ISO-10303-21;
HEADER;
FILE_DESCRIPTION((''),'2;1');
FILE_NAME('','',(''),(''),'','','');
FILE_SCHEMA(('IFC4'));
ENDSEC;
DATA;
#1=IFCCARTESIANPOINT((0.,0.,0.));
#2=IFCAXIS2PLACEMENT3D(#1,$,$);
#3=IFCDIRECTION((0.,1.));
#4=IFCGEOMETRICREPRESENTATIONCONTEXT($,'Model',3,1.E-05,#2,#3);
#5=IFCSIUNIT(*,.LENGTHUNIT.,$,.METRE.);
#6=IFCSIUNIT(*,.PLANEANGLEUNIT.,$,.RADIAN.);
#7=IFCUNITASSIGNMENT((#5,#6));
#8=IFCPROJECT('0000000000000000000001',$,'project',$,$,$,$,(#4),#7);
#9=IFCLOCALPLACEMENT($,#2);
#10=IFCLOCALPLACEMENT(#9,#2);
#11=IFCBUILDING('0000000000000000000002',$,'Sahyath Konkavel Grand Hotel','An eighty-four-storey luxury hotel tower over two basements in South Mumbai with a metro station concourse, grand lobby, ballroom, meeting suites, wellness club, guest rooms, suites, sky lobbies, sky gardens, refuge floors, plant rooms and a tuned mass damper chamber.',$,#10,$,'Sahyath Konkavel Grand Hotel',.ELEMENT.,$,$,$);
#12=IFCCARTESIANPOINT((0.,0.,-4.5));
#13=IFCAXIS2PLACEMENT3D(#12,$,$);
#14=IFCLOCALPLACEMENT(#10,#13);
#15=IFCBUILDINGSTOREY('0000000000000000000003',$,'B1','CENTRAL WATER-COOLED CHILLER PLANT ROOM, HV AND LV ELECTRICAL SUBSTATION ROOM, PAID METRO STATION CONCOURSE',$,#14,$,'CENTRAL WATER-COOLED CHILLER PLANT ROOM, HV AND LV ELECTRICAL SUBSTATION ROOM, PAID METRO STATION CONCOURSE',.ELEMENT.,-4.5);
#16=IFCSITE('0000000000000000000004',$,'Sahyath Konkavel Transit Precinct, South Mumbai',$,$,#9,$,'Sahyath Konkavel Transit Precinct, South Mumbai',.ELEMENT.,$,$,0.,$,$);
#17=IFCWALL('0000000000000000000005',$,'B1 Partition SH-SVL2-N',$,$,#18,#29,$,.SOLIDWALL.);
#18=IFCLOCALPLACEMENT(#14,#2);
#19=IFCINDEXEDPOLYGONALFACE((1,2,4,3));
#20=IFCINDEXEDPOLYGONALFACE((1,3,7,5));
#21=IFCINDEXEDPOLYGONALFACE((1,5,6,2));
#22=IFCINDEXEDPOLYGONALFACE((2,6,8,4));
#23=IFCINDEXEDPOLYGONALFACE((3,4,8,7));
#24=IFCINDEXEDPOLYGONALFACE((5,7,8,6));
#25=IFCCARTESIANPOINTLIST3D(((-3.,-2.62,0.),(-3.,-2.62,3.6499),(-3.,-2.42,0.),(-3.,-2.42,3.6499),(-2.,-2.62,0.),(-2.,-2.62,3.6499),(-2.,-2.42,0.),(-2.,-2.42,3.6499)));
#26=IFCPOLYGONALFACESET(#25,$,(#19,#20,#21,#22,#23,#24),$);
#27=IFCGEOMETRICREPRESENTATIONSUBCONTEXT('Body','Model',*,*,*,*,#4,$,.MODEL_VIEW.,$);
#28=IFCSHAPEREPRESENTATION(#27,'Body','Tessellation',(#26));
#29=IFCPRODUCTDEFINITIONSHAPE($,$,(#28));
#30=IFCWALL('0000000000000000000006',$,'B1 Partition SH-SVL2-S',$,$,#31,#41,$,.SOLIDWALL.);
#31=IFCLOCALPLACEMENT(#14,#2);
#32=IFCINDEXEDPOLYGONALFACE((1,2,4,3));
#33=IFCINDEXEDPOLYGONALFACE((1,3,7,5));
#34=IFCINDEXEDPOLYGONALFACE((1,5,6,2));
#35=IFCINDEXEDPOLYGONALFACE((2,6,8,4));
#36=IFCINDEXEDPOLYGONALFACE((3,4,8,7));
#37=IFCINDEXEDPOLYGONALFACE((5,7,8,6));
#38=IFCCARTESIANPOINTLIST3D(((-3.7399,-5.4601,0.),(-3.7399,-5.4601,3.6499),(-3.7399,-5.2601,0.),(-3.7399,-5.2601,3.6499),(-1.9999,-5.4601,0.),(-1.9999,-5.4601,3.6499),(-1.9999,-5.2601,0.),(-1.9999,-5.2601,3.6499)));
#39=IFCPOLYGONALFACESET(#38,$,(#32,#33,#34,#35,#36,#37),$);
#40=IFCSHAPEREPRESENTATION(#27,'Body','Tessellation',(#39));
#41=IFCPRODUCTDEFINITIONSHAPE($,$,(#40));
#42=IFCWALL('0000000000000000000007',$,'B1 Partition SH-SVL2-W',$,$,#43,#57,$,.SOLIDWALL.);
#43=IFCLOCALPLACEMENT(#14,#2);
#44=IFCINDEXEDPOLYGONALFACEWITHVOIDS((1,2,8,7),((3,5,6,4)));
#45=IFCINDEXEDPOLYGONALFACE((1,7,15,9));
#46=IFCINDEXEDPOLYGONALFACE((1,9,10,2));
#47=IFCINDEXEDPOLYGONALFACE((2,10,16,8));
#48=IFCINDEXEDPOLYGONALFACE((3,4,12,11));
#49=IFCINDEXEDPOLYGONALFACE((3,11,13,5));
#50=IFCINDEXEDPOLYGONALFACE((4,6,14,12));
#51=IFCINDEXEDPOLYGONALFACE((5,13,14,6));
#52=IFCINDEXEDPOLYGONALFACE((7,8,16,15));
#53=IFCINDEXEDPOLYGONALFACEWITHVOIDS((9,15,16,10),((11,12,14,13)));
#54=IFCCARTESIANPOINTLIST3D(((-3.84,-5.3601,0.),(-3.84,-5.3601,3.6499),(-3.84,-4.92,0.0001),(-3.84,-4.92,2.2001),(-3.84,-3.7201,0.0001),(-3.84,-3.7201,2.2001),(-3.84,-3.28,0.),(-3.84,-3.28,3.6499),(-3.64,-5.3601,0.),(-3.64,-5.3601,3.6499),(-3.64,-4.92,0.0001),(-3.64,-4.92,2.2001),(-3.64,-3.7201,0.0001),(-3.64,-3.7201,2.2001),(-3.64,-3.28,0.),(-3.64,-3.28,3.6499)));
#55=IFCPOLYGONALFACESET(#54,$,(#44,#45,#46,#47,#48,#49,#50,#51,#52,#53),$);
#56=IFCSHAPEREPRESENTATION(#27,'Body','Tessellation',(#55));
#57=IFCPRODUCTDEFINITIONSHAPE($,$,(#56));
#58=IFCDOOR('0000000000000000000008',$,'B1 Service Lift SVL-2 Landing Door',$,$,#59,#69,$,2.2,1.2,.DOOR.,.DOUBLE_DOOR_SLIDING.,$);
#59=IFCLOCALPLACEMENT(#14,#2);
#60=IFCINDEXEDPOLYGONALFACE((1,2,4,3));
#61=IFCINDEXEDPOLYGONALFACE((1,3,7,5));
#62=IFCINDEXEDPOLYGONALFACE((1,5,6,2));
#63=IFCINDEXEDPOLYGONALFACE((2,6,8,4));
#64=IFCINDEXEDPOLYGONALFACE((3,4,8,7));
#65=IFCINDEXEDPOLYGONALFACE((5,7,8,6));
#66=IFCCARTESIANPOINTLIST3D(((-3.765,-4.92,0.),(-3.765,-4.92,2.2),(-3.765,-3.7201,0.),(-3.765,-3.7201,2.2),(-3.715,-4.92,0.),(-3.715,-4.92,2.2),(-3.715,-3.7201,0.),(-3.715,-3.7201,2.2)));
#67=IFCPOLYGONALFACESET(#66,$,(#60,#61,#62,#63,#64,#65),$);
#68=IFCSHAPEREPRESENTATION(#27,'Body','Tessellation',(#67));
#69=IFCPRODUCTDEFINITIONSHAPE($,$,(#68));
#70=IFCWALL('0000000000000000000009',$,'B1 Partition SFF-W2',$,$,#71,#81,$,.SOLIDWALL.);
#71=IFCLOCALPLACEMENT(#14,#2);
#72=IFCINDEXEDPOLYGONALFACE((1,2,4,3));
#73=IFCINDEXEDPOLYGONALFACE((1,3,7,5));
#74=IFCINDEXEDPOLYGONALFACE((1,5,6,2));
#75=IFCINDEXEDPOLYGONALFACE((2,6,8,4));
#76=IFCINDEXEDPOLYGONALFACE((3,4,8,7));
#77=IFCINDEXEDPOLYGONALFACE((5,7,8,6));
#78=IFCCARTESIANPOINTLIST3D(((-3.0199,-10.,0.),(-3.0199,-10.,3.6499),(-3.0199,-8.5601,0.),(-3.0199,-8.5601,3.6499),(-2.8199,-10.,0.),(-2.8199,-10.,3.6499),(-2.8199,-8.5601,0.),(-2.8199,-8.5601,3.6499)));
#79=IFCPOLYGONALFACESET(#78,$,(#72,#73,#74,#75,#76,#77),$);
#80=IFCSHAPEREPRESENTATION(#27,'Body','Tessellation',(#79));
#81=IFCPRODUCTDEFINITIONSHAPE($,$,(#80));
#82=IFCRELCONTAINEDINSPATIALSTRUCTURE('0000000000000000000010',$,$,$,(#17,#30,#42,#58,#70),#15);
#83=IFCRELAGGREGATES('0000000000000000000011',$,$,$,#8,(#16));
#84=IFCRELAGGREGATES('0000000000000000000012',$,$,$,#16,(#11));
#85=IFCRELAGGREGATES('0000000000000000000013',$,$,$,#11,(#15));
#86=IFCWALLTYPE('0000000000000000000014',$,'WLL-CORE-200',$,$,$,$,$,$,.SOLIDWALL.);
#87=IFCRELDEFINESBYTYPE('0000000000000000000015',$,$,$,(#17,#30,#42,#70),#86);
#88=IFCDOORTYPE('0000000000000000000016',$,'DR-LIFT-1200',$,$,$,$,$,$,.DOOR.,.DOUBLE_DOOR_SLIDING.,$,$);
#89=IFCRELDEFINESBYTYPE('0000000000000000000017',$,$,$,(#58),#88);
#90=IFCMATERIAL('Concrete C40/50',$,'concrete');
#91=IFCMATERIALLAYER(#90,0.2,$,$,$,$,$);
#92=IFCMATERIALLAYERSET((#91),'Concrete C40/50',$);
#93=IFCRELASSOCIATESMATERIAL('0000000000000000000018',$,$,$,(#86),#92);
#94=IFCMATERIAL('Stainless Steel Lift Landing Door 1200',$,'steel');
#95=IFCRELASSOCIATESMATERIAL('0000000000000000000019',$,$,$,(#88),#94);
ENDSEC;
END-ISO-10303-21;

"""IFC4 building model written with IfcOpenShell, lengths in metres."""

from ifc_helpers import new_model, si_unit, direction, frame, frame_2d, origin, origin_2d, place, context, subcontext, project, spatial, rectangle, extrude, source, transform, mapped, material, layer, layer_set, type_object, element, fill, save


model = new_model("IFC4")

# Units and contexts
model_context = context("Model", 3, precision=1e-05, world=origin(), true_north=direction((0.0, 1.0)))
body_context = subcontext(model_context, "Body", "Model", "MODEL_VIEW")
ifc_project = project(units=[si_unit("LENGTHUNIT", "METRE"), si_unit("PLANEANGLEUNIT", "RADIAN")], contexts=[model_context])

# Site, building, storey
site_placement = place(None, origin())
site = spatial("IfcSite", under=ifc_project, at=site_placement, Name="Sahyath Konkavel Transit Precinct, South Mumbai", LongName="Sahyath Konkavel Transit Precinct, South Mumbai", CompositionType="ELEMENT", RefElevation=0.0)
building_placement = place(site_placement, origin())
building = spatial("IfcBuilding", under=site, at=building_placement, Name="Sahyath Konkavel Grand Hotel", Description="An eighty-four-storey luxury hotel tower over two basements in South Mumbai with a metro station concourse, grand lobby, ballroom, meeting suites, wellness club, guest rooms, suites, sky lobbies, sky gardens, refuge floors, plant rooms and a tuned mass damper chamber.", LongName="Sahyath Konkavel Grand Hotel", CompositionType="ELEMENT")
storey_placement = place(building_placement, frame((0.0, 0.0, -4.5)))
storey = spatial("IfcBuildingStorey", under=building, at=storey_placement, Name="B1", Description="CENTRAL WATER-COOLED CHILLER PLANT ROOM, HV AND LV ELECTRICAL SUBSTATION ROOM, PAID METRO STATION CONCOURSE", LongName="CENTRAL WATER-COOLED CHILLER PLANT ROOM, HV AND LV ELECTRICAL SUBSTATION ROOM, PAID METRO STATION CONCOURSE", CompositionType="ELEMENT", Elevation=-4.5)

# Shared definitions
ifc_material_1 = material(Name="Concrete C40/50", Category="concrete")
ifc_layer_1 = layer(ifc_material_1, 0.2)
ifc_layer_set_1 = layer_set([ifc_layer_1], Name="Concrete C40/50")
wall_type_1 = type_object("IfcWallType", Name="WLL-CORE-200", PredefinedType="SOLIDWALL", material=ifc_layer_set_1)

# Walls
wall_1_placement = place(storey_placement, frame((-3.0, -2.52, 0.0), z_axis=(0.0, 0.0, 1.0), x_axis=(1.0, 0.0, 0.0)))
element("IfcWall", 1, at=wall_1_placement, inside=storey, type_object=wall_type_1, Name="B1 Partition SH-SVL2-N", PredefinedType="SOLIDWALL", context=body_context, shape_type="SweptSolid", body=[
    extrude(rectangle(XDim=1.0, YDim=0.2, at=frame_2d((0.5, 0.0))), origin(), (0.0, 0.0, 1.0), 3.6499),
])
wall_2_placement = place(storey_placement, frame((-3.74, -5.3601, 0.0), z_axis=(0.0, 0.0, 1.0), x_axis=(1.0, 0.0, 0.0)))
element("IfcWall", 2, at=wall_2_placement, inside=storey, type_object=wall_type_1, Name="B1 Partition SH-SVL2-S", PredefinedType="SOLIDWALL", context=body_context, shape_type="SweptSolid", body=[
    extrude(rectangle(XDim=1.74, YDim=0.2, at=frame_2d((0.8701, 0.0))), origin(), (0.0, 0.0, 1.0), 3.6499),
])

# Wall, opening, door
wall_3_placement = place(storey_placement, frame((-3.74, -5.3601, 0.0), z_axis=(0.0, 0.0, 1.0), x_axis=(0.0, 1.0, 0.0)))
wall_3 = element("IfcWall", 3, at=wall_3_placement, inside=storey, type_object=wall_type_1, Name="B1 Partition SH-SVL2-W", PredefinedType="SOLIDWALL", context=body_context, shape_type="SweptSolid", body=[
    extrude(rectangle(XDim=2.0801, YDim=0.2, at=frame_2d((1.04, 0.0))), origin(), (0.0, 0.0, 1.0), 3.6499),
])
opening_1_placement = place(wall_3_placement, frame((0.4399, 0.0, 0.0)))
opening_1 = element("IfcOpeningElement", 4, at=opening_1_placement, cuts=wall_3, PredefinedType="OPENING", context=body_context, shape_type="SweptSolid", body=[
    extrude(rectangle(XDim=1.2, YDim=2.2, at=frame_2d((0.6001, 1.1001))), frame((0.0, 0.1099, 0.0), z_axis=(0.0, -1.0, 0.0), x_axis=(1.0, 0.0, 0.0)), (0.0, 0.0, 1.0), 0.22),
])
ifc_material_2 = material(Name="Stainless Steel Lift Landing Door 1200", Category="steel")
door_type_1 = type_object("IfcDoorType", Name="DR-LIFT-1200", OperationType="DOUBLE_DOOR_SLIDING", PredefinedType="DOOR", material=ifc_material_2)
shared_shape_1 = source(origin(), body_context, "Body", "SweptSolid", [
    extrude(rectangle(XDim=1.2, YDim=0.05, at=origin_2d()), origin(), (0.0, 0.0, 1.0), 2.2),
])
door_1_placement = place(opening_1_placement, frame((0.6001, 0.0, 0.0)))
door_1 = element("IfcDoor", 5, at=door_1_placement, inside=storey, type_object=door_type_1, Name="B1 Service Lift SVL-2 Landing Door", OperationType="DOUBLE_DOOR_SLIDING", OverallHeight=2.2, OverallWidth=1.2, PredefinedType="DOOR", context=body_context, shape_type="MappedRepresentation", body=[
    mapped(shared_shape_1, transform((0.0, 0.0, 0.0), scale=1.0)),
])
fill(opening_1, door_1)

# Wall
wall_4_placement = place(storey_placement, frame((-2.9199, -10.0, 0.0), z_axis=(0.0, 0.0, 1.0), x_axis=(0.0, 1.0, 0.0)))
element("IfcWall", 6, at=wall_4_placement, inside=storey, type_object=wall_type_1, Name="B1 Partition SFF-W2", PredefinedType="SOLIDWALL", context=body_context, shape_type="SweptSolid", body=[
    extrude(rectangle(XDim=1.4399, YDim=0.2, at=frame_2d((0.72, 0.0))), origin(), (0.0, 0.0, 1.0), 3.6499),
])

save(model, "model.ifc")
